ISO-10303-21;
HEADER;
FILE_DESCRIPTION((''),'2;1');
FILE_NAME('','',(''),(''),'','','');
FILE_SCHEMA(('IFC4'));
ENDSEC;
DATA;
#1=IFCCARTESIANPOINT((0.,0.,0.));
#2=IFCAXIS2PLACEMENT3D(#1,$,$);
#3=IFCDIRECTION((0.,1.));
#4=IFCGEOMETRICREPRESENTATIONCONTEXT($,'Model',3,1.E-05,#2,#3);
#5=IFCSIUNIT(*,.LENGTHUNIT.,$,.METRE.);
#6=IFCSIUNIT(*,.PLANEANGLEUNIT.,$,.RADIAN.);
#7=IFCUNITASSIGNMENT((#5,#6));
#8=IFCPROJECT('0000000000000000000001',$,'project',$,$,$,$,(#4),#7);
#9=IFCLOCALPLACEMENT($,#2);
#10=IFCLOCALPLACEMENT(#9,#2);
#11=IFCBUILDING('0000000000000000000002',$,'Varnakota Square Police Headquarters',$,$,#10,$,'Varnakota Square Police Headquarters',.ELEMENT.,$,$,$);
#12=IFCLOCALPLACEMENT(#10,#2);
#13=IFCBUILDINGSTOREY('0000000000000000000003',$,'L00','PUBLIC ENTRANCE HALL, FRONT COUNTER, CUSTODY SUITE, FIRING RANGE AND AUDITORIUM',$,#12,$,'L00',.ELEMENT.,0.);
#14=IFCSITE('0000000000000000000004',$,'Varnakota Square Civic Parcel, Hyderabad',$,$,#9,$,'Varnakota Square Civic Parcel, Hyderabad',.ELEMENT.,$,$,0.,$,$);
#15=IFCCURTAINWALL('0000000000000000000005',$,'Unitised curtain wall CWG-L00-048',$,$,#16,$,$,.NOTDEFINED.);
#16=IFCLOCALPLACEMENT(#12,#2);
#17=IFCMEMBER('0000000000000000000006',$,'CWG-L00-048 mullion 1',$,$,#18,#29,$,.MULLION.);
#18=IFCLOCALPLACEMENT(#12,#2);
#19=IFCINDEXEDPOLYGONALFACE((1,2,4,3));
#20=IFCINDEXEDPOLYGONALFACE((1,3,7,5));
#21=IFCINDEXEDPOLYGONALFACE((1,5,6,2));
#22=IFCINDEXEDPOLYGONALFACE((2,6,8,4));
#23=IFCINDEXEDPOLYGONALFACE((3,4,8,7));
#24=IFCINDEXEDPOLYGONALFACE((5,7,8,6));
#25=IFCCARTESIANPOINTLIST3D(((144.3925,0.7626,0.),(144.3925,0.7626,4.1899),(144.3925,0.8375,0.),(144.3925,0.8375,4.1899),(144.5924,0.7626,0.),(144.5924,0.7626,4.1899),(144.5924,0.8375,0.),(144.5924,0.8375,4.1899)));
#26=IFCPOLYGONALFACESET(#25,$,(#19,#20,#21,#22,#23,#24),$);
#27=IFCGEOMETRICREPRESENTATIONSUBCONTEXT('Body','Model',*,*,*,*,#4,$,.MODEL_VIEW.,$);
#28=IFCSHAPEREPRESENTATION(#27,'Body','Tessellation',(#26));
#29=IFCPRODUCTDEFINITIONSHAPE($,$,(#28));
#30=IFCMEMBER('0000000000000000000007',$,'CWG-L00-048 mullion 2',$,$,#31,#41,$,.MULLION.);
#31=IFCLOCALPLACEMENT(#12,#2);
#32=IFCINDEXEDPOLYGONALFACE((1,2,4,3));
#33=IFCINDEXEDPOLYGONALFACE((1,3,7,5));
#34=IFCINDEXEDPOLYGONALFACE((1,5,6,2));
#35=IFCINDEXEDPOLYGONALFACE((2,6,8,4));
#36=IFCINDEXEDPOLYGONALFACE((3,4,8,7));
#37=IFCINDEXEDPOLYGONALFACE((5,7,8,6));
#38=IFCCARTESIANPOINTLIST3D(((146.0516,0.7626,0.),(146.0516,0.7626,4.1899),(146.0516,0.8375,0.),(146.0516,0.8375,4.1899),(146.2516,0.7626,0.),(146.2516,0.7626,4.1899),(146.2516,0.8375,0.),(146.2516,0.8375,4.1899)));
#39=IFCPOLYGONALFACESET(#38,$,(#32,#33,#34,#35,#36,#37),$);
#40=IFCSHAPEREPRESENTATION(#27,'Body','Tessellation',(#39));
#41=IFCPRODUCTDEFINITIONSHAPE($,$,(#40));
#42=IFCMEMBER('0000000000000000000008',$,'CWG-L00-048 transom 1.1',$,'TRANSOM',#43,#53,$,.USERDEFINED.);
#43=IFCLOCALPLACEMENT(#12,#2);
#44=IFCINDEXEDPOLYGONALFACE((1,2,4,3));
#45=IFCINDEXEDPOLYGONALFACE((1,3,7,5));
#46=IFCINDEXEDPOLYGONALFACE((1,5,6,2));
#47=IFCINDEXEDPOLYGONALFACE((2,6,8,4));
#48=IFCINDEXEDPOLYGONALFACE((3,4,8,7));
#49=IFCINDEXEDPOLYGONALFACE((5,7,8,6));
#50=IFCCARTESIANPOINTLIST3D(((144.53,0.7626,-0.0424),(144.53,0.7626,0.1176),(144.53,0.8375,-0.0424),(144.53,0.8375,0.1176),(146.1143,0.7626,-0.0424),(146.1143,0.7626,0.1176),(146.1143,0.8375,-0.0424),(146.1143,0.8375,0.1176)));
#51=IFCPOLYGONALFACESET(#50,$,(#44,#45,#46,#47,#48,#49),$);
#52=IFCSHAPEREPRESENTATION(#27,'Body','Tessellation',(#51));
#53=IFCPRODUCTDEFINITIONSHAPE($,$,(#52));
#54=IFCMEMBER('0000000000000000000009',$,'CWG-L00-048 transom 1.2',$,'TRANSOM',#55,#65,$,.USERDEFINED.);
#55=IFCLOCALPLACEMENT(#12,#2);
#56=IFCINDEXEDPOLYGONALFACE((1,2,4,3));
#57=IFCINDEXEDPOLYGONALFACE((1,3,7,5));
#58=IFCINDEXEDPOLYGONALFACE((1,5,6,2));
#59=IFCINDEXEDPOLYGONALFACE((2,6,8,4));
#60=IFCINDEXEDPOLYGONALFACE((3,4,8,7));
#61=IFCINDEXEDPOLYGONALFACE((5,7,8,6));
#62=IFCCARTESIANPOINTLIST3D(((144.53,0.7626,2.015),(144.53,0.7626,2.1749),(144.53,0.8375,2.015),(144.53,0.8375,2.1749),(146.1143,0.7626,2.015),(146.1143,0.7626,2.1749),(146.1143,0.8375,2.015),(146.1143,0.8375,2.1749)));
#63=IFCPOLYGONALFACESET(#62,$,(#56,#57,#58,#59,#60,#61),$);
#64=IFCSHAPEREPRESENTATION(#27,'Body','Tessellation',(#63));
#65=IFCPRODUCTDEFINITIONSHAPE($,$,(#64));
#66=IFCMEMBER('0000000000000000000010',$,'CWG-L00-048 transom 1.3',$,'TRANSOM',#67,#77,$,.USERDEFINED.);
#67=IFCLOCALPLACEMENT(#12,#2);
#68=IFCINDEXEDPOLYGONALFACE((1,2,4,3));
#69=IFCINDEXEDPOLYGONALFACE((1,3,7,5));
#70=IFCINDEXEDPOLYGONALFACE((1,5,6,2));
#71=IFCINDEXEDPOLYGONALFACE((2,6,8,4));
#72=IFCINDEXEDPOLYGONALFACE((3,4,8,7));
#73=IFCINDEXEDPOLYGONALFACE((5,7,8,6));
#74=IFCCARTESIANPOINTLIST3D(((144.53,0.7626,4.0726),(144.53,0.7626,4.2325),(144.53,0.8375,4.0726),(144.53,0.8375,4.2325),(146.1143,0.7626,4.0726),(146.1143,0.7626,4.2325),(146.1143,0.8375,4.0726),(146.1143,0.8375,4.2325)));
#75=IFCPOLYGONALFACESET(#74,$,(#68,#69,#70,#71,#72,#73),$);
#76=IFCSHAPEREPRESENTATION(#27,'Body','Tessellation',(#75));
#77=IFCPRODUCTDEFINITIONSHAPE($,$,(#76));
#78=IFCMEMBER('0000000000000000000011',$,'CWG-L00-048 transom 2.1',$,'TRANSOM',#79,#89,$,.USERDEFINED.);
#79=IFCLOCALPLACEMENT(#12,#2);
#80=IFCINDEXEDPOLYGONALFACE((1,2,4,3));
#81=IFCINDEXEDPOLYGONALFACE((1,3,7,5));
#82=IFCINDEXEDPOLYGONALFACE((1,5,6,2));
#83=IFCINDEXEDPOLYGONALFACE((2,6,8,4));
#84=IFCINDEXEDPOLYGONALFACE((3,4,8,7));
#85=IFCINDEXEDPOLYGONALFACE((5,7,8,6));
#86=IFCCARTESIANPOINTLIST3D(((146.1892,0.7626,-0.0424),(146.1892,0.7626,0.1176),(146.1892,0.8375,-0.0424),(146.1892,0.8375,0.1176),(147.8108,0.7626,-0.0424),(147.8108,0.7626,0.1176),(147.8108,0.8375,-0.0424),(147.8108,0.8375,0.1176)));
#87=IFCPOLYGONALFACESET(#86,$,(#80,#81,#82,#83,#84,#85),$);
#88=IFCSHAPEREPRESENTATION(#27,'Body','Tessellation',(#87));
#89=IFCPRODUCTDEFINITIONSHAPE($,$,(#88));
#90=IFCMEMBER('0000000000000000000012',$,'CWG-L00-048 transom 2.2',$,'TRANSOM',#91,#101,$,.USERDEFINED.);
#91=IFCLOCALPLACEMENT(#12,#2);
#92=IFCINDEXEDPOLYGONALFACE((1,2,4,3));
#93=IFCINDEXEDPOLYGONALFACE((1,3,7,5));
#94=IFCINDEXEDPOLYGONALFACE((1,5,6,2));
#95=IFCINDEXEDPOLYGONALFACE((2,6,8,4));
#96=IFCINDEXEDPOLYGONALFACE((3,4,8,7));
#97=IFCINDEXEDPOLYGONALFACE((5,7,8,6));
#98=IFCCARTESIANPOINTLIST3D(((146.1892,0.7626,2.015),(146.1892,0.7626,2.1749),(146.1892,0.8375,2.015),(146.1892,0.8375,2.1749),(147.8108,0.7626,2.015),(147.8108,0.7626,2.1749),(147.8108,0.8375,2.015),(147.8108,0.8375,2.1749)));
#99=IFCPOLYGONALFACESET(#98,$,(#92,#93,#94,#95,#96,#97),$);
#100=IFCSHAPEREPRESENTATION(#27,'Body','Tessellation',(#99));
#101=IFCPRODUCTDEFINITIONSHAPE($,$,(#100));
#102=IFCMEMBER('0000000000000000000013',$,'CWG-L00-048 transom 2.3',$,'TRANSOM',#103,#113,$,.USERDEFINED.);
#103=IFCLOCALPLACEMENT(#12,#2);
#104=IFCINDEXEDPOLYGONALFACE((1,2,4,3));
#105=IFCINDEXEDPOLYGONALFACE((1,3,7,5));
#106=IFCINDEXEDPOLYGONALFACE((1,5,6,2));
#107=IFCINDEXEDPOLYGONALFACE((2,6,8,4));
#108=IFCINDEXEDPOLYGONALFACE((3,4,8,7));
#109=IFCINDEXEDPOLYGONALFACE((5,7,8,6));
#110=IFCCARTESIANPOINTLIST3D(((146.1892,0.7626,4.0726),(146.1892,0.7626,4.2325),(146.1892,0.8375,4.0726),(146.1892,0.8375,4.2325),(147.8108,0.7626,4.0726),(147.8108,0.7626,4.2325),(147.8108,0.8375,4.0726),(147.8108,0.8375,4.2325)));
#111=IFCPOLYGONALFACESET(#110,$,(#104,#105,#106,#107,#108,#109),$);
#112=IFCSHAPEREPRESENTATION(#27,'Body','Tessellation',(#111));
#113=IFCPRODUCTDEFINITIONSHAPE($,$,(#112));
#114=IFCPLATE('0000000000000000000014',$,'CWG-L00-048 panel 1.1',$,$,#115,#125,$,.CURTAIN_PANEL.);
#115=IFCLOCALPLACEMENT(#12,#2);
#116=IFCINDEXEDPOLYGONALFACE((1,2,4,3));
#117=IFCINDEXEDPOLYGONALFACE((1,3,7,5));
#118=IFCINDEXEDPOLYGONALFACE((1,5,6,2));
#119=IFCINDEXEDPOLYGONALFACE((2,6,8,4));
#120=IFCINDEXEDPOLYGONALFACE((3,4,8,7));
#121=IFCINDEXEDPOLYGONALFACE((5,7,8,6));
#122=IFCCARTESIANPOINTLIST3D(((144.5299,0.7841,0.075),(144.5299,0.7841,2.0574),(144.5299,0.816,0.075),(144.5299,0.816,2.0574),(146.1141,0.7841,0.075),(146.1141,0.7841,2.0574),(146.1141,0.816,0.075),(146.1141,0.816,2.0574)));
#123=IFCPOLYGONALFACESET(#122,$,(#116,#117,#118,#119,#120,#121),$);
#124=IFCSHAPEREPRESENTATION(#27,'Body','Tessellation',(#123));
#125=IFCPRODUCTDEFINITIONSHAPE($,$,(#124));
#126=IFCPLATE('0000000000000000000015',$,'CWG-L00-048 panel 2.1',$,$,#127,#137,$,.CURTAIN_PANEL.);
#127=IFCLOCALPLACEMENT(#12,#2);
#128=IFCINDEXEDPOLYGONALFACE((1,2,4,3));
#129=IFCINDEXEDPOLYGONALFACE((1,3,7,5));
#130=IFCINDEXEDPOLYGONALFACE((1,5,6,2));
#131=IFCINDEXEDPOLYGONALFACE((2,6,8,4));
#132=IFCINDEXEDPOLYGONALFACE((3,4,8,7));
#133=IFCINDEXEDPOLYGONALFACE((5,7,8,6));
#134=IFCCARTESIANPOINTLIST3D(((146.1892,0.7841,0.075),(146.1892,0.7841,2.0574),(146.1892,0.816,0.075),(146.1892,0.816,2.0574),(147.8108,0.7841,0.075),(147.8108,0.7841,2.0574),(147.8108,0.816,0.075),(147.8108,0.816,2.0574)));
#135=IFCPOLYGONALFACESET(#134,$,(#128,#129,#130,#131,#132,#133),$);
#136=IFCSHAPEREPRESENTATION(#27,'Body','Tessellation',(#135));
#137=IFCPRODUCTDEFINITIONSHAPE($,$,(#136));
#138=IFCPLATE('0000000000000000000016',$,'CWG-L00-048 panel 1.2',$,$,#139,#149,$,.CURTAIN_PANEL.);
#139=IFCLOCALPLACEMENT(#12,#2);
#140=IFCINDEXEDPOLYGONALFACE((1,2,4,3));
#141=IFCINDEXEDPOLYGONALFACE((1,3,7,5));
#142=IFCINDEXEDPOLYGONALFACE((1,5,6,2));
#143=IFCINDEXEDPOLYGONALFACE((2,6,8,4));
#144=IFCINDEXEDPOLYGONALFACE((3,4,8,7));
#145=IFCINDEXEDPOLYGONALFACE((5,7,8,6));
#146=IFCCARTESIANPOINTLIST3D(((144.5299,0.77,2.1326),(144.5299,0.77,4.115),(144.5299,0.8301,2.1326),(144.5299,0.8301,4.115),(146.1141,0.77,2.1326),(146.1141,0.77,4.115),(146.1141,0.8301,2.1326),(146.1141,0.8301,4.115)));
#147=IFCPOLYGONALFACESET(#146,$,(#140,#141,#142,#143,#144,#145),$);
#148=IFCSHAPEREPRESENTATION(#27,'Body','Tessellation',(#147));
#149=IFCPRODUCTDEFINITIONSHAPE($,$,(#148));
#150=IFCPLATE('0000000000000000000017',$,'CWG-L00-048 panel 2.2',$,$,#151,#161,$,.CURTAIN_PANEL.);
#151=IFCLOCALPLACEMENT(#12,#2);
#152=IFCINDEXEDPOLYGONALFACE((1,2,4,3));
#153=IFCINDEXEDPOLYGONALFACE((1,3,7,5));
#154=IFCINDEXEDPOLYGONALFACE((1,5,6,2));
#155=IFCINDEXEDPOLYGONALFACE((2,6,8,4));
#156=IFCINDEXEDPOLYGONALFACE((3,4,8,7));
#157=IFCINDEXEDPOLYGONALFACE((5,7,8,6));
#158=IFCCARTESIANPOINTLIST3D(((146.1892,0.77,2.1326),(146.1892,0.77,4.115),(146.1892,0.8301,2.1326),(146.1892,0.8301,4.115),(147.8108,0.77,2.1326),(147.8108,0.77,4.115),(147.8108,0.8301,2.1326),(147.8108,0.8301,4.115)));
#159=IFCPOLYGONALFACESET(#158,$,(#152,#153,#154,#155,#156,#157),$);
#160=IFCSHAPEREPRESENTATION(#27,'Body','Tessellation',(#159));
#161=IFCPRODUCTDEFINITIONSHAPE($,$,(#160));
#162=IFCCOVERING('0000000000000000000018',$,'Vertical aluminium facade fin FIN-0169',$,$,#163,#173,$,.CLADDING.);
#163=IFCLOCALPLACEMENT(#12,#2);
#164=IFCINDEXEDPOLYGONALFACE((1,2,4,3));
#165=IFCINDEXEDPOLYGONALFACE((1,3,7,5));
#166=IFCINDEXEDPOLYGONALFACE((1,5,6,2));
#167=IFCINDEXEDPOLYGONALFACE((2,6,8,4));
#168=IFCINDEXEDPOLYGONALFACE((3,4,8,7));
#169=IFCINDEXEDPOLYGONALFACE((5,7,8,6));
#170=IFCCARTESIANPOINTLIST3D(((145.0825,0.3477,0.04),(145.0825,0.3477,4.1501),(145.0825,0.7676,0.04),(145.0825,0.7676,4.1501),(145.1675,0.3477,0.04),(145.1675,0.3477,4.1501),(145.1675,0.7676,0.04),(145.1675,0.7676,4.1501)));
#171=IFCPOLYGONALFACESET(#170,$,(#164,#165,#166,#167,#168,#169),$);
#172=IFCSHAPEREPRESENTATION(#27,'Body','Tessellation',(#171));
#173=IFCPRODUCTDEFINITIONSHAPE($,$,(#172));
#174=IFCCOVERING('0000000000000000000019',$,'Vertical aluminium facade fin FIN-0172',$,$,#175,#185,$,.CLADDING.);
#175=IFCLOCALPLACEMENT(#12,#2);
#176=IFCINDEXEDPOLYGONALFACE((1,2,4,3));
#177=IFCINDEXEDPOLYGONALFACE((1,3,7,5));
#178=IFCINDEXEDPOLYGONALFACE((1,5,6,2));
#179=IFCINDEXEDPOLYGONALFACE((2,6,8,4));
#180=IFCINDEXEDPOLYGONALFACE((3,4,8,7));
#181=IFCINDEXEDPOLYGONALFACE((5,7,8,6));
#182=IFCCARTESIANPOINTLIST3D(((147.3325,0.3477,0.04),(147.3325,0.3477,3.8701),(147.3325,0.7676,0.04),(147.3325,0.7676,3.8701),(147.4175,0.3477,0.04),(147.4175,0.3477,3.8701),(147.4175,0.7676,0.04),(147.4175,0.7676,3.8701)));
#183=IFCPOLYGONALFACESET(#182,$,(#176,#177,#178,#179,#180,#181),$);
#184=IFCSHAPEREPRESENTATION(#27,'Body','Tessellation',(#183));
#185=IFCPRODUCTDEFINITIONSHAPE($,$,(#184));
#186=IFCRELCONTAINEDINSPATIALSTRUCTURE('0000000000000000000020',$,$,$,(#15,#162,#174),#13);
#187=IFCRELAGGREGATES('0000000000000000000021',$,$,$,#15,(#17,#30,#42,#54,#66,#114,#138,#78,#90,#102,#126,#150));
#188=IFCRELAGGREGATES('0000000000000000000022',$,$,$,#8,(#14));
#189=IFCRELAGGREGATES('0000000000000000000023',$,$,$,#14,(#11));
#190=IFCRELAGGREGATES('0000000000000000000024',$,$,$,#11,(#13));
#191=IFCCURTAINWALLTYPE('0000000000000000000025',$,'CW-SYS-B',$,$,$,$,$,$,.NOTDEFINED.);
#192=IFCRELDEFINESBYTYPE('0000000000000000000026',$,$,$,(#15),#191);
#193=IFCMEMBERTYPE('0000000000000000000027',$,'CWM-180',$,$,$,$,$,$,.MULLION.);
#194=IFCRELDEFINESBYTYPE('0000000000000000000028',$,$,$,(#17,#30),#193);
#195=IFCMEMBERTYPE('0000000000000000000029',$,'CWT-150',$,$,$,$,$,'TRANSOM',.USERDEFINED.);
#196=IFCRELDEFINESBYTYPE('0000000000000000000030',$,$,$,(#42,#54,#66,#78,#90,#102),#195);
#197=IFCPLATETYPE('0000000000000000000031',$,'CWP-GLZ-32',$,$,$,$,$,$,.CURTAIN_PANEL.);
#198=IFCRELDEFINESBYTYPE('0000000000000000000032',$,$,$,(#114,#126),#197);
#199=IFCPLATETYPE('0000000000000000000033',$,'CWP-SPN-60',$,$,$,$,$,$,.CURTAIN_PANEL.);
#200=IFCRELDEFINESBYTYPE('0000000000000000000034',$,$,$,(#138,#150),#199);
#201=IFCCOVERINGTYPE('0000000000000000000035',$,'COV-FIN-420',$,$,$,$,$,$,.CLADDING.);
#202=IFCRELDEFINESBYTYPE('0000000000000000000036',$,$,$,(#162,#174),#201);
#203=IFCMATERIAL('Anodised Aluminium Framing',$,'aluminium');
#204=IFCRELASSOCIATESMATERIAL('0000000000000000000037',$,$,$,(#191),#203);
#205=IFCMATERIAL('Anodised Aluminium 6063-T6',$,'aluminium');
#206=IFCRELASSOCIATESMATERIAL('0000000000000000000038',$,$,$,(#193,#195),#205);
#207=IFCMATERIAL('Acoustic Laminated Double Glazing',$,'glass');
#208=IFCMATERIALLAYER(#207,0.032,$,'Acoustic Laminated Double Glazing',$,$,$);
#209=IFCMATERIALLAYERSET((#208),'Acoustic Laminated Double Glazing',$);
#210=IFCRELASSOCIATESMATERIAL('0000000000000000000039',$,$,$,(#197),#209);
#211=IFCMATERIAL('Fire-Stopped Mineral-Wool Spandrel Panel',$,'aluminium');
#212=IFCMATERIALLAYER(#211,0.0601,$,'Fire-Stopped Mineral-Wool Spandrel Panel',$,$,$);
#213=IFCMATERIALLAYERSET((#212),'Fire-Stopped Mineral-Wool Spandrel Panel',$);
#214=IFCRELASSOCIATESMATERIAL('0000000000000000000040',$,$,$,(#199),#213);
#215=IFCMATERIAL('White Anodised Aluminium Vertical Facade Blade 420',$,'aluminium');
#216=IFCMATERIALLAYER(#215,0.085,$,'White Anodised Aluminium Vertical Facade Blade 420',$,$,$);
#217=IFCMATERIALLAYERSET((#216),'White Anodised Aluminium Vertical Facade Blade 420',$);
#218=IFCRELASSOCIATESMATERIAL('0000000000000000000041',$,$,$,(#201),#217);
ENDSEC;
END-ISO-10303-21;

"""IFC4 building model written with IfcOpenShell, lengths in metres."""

from ifc_helpers import new_model, si_unit, direction, frame, origin, origin_2d, place, context, subcontext, project, spatial, rectangle, extrude, material, layer, layer_set, material_profile, profile_set, type_object, element, aggregate, save


model = new_model("IFC4")

# Units and contexts
model_context = context("Model", 3, precision=1e-05, world=origin(), true_north=direction((0.0, 1.0)))
body_context = subcontext(model_context, "Body", "Model", "MODEL_VIEW")
ifc_project = project(units=[si_unit("LENGTHUNIT", "METRE"), si_unit("PLANEANGLEUNIT", "RADIAN")], contexts=[model_context])

# Site, building, storey
site_placement = place(None, origin())
site = spatial("IfcSite", under=ifc_project, at=site_placement, Name="Varnakota Square Civic Parcel, Hyderabad", LongName="Varnakota Square Civic Parcel, Hyderabad", CompositionType="ELEMENT", RefElevation=0.0)
building_placement = place(site_placement, origin())
building = spatial("IfcBuilding", under=site, at=building_placement, Name="Varnakota Square Police Headquarters", LongName="Varnakota Square Police Headquarters", CompositionType="ELEMENT")
storey_placement = place(building_placement, origin())
storey = spatial("IfcBuildingStorey", under=building, at=storey_placement, Name="L00", Description="PUBLIC ENTRANCE HALL, FRONT COUNTER, CUSTODY SUITE, FIRING RANGE AND AUDITORIUM", LongName="L00", CompositionType="ELEMENT", Elevation=0.0)

# Curtain wall, members, plates
ifc_material_1 = material(Name="Anodised Aluminium Framing", Category="aluminium")
curtain_wall_type = type_object("IfcCurtainWallType", Name="CW-SYS-B", PredefinedType="NOTDEFINED", material=ifc_material_1)
curtain_wall_placement = place(storey_placement, origin())
curtain_wall = element("IfcCurtainWall", 1, at=curtain_wall_placement, inside=storey, type_object=curtain_wall_type, Name="Unitised curtain wall CWG-L00-048", PredefinedType="NOTDEFINED")
ifc_material_2 = material(Name="Anodised Aluminium 6063-T6", Category="aluminium")
ifc_material_profile_1 = material_profile(ifc_material_2, rectangle(XDim=0.075, YDim=0.2, at=origin_2d()), Name="ALU MULLION 75x200")
ifc_profile_set_1 = profile_set([ifc_material_profile_1], Name="Anodised Aluminium 6063-T6")
member_type_1 = type_object("IfcMemberType", Name="CWM-180", PredefinedType="MULLION", material=ifc_profile_set_1)
member_1_placement = place(storey_placement, frame((144.4924, 0.8, 0.0), z_axis=(0.0, 0.0, 1.0), x_axis=(0.0, 1.0, 0.0)))
member_1 = element("IfcMember", 2, at=member_1_placement, type_object=member_type_1, Name="CWG-L00-048 mullion 1", PredefinedType="MULLION", context=body_context, shape_type="SweptSolid", body=[
    extrude(rectangle(XDim=0.075, YDim=0.2, at=origin_2d()), origin(), (0.0, 0.0, 1.0), 4.1899),
])
member_2_placement = place(storey_placement, frame((146.1516, 0.8, 0.0), z_axis=(0.0, 0.0, 1.0), x_axis=(0.0, 1.0, 0.0)))
member_2 = element("IfcMember", 3, at=member_2_placement, type_object=member_type_1, Name="CWG-L00-048 mullion 2", PredefinedType="MULLION", context=body_context, shape_type="SweptSolid", body=[
    extrude(rectangle(XDim=0.075, YDim=0.2, at=origin_2d()), origin(), (0.0, 0.0, 1.0), 4.1899),
])
ifc_material_profile_2 = material_profile(ifc_material_2, rectangle(XDim=0.075, YDim=0.1599, at=origin_2d()), Name="ALU TRANSOM 75x160")
ifc_profile_set_2 = profile_set([ifc_material_profile_2], Name="Anodised Aluminium 6063-T6")
member_type_2 = type_object("IfcMemberType", Name="CWT-150", ElementType="TRANSOM", PredefinedType="USERDEFINED", material=ifc_profile_set_2)
member_3_placement = place(storey_placement, frame((144.53, 0.8, 0.0376), z_axis=(1.0, 0.0, 0.0), x_axis=(0.0, 1.0, 0.0)))
member_3 = element("IfcMember", 4, at=member_3_placement, type_object=member_type_2, Name="CWG-L00-048 transom 1.1", ObjectType="TRANSOM", PredefinedType="USERDEFINED", context=body_context, shape_type="SweptSolid", body=[
    extrude(rectangle(XDim=0.075, YDim=0.1599, at=origin_2d()), origin(), (0.0, 0.0, 1.0), 1.5842),
])
member_4_placement = place(storey_placement, frame((144.53, 0.8, 2.095), z_axis=(1.0, 0.0, 0.0), x_axis=(0.0, 1.0, 0.0)))
member_4 = element("IfcMember", 5, at=member_4_placement, type_object=member_type_2, Name="CWG-L00-048 transom 1.2", ObjectType="TRANSOM", PredefinedType="USERDEFINED", context=body_context, shape_type="SweptSolid", body=[
    extrude(rectangle(XDim=0.075, YDim=0.1599, at=origin_2d()), origin(), (0.0, 0.0, 1.0), 1.5842),
])
member_5_placement = place(storey_placement, frame((144.53, 0.8, 4.1526), z_axis=(1.0, 0.0, 0.0), x_axis=(0.0, 1.0, 0.0)))
member_5 = element("IfcMember", 6, at=member_5_placement, type_object=member_type_2, Name="CWG-L00-048 transom 1.3", ObjectType="TRANSOM", PredefinedType="USERDEFINED", context=body_context, shape_type="SweptSolid", body=[
    extrude(rectangle(XDim=0.075, YDim=0.1599, at=origin_2d()), origin(), (0.0, 0.0, 1.0), 1.5842),
])
member_6_placement = place(storey_placement, frame((146.1892, 0.8, 0.0376), z_axis=(1.0, 0.0, 0.0), x_axis=(0.0, 1.0, 0.0)))
member_6 = element("IfcMember", 7, at=member_6_placement, type_object=member_type_2, Name="CWG-L00-048 transom 2.1", ObjectType="TRANSOM", PredefinedType="USERDEFINED", context=body_context, shape_type="SweptSolid", body=[
    extrude(rectangle(XDim=0.075, YDim=0.1599, at=origin_2d()), origin(), (0.0, 0.0, 1.0), 1.6216),
])
member_7_placement = place(storey_placement, frame((146.1892, 0.8, 2.095), z_axis=(1.0, 0.0, 0.0), x_axis=(0.0, 1.0, 0.0)))
member_7 = element("IfcMember", 8, at=member_7_placement, type_object=member_type_2, Name="CWG-L00-048 transom 2.2", ObjectType="TRANSOM", PredefinedType="USERDEFINED", context=body_context, shape_type="SweptSolid", body=[
    extrude(rectangle(XDim=0.075, YDim=0.1599, at=origin_2d()), origin(), (0.0, 0.0, 1.0), 1.6216),
])
member_8_placement = place(storey_placement, frame((146.1892, 0.8, 4.1526), z_axis=(1.0, 0.0, 0.0), x_axis=(0.0, 1.0, 0.0)))
member_8 = element("IfcMember", 9, at=member_8_placement, type_object=member_type_2, Name="CWG-L00-048 transom 2.3", ObjectType="TRANSOM", PredefinedType="USERDEFINED", context=body_context, shape_type="SweptSolid", body=[
    extrude(rectangle(XDim=0.075, YDim=0.1599, at=origin_2d()), origin(), (0.0, 0.0, 1.0), 1.6216),
])
ifc_material_3 = material(Name="Acoustic Laminated Double Glazing", Category="glass")
ifc_layer_1 = layer(ifc_material_3, 0.032, Name="Acoustic Laminated Double Glazing")
ifc_layer_set_1 = layer_set([ifc_layer_1], Name="Acoustic Laminated Double Glazing")
plate_type_1 = type_object("IfcPlateType", Name="CWP-GLZ-32", PredefinedType="CURTAIN_PANEL", material=ifc_layer_set_1)
plate_1_placement = place(storey_placement, frame((145.322, 0.8, 0.075), z_axis=(0.0, 0.0, 1.0), x_axis=(1.0, 0.0, 0.0)))
plate_1 = element("IfcPlate", 10, at=plate_1_placement, type_object=plate_type_1, Name="CWG-L00-048 panel 1.1", PredefinedType="CURTAIN_PANEL", context=body_context, shape_type="SweptSolid", body=[
    extrude(rectangle(XDim=1.5842, YDim=0.032, at=origin_2d()), origin(), (0.0, 0.0, 1.0), 1.9824),
])
plate_2_placement = place(storey_placement, frame((147.0, 0.8, 0.075), z_axis=(0.0, 0.0, 1.0), x_axis=(1.0, 0.0, 0.0)))
plate_2 = element("IfcPlate", 11, at=plate_2_placement, type_object=plate_type_1, Name="CWG-L00-048 panel 2.1", PredefinedType="CURTAIN_PANEL", context=body_context, shape_type="SweptSolid", body=[
    extrude(rectangle(XDim=1.6216, YDim=0.032, at=origin_2d()), origin(), (0.0, 0.0, 1.0), 1.9824),
])
ifc_material_4 = material(Name="Fire-Stopped Mineral-Wool Spandrel Panel", Category="aluminium")
ifc_layer_2 = layer(ifc_material_4, 0.0601, Name="Fire-Stopped Mineral-Wool Spandrel Panel")
ifc_layer_set_2 = layer_set([ifc_layer_2], Name="Fire-Stopped Mineral-Wool Spandrel Panel")
plate_type_2 = type_object("IfcPlateType", Name="CWP-SPN-60", PredefinedType="CURTAIN_PANEL", material=ifc_layer_set_2)
plate_3_placement = place(storey_placement, frame((145.322, 0.8, 2.1326), z_axis=(0.0, 0.0, 1.0), x_axis=(1.0, 0.0, 0.0)))
plate_3 = element("IfcPlate", 12, at=plate_3_placement, type_object=plate_type_2, Name="CWG-L00-048 panel 1.2", PredefinedType="CURTAIN_PANEL", context=body_context, shape_type="SweptSolid", body=[
    extrude(rectangle(XDim=1.5842, YDim=0.0601, at=origin_2d()), origin(), (0.0, 0.0, 1.0), 1.9824),
])
plate_4_placement = place(storey_placement, frame((147.0, 0.8, 2.1326), z_axis=(0.0, 0.0, 1.0), x_axis=(1.0, 0.0, 0.0)))
plate_4 = element("IfcPlate", 13, at=plate_4_placement, type_object=plate_type_2, Name="CWG-L00-048 panel 2.2", PredefinedType="CURTAIN_PANEL", context=body_context, shape_type="SweptSolid", body=[
    extrude(rectangle(XDim=1.6216, YDim=0.0601, at=origin_2d()), origin(), (0.0, 0.0, 1.0), 1.9824),
])
aggregate(curtain_wall, [member_1, member_2, member_3, member_4, member_5, plate_1, plate_3, member_6, member_7, member_8, plate_2, plate_4])

# Coverings
ifc_material_5 = material(Name="White Anodised Aluminium Vertical Facade Blade 420", Category="aluminium")
ifc_layer_3 = layer(ifc_material_5, 0.085, Name="White Anodised Aluminium Vertical Facade Blade 420")
ifc_layer_set_3 = layer_set([ifc_layer_3], Name="White Anodised Aluminium Vertical Facade Blade 420")
covering_type_1 = type_object("IfcCoveringType", Name="COV-FIN-420", PredefinedType="CLADDING", material=ifc_layer_set_3)
covering_1_placement = place(storey_placement, frame((145.125, 0.5576, 0.04), z_axis=(0.0, 0.0, 1.0), x_axis=(1.0, 0.0, 0.0)))
element("IfcCovering", 14, at=covering_1_placement, inside=storey, type_object=covering_type_1, Name="Vertical aluminium facade fin FIN-0169", PredefinedType="CLADDING", context=body_context, shape_type="SweptSolid", body=[
    extrude(rectangle(XDim=0.085, YDim=0.4199, at=origin_2d()), origin(), (0.0, 0.0, 1.0), 4.1101),
])
covering_2_placement = place(storey_placement, frame((147.375, 0.5576, 0.04), z_axis=(0.0, 0.0, 1.0), x_axis=(1.0, 0.0, 0.0)))
element("IfcCovering", 15, at=covering_2_placement, inside=storey, type_object=covering_type_1, Name="Vertical aluminium facade fin FIN-0172", PredefinedType="CLADDING", context=body_context, shape_type="SweptSolid", body=[
    extrude(rectangle(XDim=0.085, YDim=0.4199, at=origin_2d()), origin(), (0.0, 0.0, 1.0), 3.8301),
])

save(model, "model.ifc")
